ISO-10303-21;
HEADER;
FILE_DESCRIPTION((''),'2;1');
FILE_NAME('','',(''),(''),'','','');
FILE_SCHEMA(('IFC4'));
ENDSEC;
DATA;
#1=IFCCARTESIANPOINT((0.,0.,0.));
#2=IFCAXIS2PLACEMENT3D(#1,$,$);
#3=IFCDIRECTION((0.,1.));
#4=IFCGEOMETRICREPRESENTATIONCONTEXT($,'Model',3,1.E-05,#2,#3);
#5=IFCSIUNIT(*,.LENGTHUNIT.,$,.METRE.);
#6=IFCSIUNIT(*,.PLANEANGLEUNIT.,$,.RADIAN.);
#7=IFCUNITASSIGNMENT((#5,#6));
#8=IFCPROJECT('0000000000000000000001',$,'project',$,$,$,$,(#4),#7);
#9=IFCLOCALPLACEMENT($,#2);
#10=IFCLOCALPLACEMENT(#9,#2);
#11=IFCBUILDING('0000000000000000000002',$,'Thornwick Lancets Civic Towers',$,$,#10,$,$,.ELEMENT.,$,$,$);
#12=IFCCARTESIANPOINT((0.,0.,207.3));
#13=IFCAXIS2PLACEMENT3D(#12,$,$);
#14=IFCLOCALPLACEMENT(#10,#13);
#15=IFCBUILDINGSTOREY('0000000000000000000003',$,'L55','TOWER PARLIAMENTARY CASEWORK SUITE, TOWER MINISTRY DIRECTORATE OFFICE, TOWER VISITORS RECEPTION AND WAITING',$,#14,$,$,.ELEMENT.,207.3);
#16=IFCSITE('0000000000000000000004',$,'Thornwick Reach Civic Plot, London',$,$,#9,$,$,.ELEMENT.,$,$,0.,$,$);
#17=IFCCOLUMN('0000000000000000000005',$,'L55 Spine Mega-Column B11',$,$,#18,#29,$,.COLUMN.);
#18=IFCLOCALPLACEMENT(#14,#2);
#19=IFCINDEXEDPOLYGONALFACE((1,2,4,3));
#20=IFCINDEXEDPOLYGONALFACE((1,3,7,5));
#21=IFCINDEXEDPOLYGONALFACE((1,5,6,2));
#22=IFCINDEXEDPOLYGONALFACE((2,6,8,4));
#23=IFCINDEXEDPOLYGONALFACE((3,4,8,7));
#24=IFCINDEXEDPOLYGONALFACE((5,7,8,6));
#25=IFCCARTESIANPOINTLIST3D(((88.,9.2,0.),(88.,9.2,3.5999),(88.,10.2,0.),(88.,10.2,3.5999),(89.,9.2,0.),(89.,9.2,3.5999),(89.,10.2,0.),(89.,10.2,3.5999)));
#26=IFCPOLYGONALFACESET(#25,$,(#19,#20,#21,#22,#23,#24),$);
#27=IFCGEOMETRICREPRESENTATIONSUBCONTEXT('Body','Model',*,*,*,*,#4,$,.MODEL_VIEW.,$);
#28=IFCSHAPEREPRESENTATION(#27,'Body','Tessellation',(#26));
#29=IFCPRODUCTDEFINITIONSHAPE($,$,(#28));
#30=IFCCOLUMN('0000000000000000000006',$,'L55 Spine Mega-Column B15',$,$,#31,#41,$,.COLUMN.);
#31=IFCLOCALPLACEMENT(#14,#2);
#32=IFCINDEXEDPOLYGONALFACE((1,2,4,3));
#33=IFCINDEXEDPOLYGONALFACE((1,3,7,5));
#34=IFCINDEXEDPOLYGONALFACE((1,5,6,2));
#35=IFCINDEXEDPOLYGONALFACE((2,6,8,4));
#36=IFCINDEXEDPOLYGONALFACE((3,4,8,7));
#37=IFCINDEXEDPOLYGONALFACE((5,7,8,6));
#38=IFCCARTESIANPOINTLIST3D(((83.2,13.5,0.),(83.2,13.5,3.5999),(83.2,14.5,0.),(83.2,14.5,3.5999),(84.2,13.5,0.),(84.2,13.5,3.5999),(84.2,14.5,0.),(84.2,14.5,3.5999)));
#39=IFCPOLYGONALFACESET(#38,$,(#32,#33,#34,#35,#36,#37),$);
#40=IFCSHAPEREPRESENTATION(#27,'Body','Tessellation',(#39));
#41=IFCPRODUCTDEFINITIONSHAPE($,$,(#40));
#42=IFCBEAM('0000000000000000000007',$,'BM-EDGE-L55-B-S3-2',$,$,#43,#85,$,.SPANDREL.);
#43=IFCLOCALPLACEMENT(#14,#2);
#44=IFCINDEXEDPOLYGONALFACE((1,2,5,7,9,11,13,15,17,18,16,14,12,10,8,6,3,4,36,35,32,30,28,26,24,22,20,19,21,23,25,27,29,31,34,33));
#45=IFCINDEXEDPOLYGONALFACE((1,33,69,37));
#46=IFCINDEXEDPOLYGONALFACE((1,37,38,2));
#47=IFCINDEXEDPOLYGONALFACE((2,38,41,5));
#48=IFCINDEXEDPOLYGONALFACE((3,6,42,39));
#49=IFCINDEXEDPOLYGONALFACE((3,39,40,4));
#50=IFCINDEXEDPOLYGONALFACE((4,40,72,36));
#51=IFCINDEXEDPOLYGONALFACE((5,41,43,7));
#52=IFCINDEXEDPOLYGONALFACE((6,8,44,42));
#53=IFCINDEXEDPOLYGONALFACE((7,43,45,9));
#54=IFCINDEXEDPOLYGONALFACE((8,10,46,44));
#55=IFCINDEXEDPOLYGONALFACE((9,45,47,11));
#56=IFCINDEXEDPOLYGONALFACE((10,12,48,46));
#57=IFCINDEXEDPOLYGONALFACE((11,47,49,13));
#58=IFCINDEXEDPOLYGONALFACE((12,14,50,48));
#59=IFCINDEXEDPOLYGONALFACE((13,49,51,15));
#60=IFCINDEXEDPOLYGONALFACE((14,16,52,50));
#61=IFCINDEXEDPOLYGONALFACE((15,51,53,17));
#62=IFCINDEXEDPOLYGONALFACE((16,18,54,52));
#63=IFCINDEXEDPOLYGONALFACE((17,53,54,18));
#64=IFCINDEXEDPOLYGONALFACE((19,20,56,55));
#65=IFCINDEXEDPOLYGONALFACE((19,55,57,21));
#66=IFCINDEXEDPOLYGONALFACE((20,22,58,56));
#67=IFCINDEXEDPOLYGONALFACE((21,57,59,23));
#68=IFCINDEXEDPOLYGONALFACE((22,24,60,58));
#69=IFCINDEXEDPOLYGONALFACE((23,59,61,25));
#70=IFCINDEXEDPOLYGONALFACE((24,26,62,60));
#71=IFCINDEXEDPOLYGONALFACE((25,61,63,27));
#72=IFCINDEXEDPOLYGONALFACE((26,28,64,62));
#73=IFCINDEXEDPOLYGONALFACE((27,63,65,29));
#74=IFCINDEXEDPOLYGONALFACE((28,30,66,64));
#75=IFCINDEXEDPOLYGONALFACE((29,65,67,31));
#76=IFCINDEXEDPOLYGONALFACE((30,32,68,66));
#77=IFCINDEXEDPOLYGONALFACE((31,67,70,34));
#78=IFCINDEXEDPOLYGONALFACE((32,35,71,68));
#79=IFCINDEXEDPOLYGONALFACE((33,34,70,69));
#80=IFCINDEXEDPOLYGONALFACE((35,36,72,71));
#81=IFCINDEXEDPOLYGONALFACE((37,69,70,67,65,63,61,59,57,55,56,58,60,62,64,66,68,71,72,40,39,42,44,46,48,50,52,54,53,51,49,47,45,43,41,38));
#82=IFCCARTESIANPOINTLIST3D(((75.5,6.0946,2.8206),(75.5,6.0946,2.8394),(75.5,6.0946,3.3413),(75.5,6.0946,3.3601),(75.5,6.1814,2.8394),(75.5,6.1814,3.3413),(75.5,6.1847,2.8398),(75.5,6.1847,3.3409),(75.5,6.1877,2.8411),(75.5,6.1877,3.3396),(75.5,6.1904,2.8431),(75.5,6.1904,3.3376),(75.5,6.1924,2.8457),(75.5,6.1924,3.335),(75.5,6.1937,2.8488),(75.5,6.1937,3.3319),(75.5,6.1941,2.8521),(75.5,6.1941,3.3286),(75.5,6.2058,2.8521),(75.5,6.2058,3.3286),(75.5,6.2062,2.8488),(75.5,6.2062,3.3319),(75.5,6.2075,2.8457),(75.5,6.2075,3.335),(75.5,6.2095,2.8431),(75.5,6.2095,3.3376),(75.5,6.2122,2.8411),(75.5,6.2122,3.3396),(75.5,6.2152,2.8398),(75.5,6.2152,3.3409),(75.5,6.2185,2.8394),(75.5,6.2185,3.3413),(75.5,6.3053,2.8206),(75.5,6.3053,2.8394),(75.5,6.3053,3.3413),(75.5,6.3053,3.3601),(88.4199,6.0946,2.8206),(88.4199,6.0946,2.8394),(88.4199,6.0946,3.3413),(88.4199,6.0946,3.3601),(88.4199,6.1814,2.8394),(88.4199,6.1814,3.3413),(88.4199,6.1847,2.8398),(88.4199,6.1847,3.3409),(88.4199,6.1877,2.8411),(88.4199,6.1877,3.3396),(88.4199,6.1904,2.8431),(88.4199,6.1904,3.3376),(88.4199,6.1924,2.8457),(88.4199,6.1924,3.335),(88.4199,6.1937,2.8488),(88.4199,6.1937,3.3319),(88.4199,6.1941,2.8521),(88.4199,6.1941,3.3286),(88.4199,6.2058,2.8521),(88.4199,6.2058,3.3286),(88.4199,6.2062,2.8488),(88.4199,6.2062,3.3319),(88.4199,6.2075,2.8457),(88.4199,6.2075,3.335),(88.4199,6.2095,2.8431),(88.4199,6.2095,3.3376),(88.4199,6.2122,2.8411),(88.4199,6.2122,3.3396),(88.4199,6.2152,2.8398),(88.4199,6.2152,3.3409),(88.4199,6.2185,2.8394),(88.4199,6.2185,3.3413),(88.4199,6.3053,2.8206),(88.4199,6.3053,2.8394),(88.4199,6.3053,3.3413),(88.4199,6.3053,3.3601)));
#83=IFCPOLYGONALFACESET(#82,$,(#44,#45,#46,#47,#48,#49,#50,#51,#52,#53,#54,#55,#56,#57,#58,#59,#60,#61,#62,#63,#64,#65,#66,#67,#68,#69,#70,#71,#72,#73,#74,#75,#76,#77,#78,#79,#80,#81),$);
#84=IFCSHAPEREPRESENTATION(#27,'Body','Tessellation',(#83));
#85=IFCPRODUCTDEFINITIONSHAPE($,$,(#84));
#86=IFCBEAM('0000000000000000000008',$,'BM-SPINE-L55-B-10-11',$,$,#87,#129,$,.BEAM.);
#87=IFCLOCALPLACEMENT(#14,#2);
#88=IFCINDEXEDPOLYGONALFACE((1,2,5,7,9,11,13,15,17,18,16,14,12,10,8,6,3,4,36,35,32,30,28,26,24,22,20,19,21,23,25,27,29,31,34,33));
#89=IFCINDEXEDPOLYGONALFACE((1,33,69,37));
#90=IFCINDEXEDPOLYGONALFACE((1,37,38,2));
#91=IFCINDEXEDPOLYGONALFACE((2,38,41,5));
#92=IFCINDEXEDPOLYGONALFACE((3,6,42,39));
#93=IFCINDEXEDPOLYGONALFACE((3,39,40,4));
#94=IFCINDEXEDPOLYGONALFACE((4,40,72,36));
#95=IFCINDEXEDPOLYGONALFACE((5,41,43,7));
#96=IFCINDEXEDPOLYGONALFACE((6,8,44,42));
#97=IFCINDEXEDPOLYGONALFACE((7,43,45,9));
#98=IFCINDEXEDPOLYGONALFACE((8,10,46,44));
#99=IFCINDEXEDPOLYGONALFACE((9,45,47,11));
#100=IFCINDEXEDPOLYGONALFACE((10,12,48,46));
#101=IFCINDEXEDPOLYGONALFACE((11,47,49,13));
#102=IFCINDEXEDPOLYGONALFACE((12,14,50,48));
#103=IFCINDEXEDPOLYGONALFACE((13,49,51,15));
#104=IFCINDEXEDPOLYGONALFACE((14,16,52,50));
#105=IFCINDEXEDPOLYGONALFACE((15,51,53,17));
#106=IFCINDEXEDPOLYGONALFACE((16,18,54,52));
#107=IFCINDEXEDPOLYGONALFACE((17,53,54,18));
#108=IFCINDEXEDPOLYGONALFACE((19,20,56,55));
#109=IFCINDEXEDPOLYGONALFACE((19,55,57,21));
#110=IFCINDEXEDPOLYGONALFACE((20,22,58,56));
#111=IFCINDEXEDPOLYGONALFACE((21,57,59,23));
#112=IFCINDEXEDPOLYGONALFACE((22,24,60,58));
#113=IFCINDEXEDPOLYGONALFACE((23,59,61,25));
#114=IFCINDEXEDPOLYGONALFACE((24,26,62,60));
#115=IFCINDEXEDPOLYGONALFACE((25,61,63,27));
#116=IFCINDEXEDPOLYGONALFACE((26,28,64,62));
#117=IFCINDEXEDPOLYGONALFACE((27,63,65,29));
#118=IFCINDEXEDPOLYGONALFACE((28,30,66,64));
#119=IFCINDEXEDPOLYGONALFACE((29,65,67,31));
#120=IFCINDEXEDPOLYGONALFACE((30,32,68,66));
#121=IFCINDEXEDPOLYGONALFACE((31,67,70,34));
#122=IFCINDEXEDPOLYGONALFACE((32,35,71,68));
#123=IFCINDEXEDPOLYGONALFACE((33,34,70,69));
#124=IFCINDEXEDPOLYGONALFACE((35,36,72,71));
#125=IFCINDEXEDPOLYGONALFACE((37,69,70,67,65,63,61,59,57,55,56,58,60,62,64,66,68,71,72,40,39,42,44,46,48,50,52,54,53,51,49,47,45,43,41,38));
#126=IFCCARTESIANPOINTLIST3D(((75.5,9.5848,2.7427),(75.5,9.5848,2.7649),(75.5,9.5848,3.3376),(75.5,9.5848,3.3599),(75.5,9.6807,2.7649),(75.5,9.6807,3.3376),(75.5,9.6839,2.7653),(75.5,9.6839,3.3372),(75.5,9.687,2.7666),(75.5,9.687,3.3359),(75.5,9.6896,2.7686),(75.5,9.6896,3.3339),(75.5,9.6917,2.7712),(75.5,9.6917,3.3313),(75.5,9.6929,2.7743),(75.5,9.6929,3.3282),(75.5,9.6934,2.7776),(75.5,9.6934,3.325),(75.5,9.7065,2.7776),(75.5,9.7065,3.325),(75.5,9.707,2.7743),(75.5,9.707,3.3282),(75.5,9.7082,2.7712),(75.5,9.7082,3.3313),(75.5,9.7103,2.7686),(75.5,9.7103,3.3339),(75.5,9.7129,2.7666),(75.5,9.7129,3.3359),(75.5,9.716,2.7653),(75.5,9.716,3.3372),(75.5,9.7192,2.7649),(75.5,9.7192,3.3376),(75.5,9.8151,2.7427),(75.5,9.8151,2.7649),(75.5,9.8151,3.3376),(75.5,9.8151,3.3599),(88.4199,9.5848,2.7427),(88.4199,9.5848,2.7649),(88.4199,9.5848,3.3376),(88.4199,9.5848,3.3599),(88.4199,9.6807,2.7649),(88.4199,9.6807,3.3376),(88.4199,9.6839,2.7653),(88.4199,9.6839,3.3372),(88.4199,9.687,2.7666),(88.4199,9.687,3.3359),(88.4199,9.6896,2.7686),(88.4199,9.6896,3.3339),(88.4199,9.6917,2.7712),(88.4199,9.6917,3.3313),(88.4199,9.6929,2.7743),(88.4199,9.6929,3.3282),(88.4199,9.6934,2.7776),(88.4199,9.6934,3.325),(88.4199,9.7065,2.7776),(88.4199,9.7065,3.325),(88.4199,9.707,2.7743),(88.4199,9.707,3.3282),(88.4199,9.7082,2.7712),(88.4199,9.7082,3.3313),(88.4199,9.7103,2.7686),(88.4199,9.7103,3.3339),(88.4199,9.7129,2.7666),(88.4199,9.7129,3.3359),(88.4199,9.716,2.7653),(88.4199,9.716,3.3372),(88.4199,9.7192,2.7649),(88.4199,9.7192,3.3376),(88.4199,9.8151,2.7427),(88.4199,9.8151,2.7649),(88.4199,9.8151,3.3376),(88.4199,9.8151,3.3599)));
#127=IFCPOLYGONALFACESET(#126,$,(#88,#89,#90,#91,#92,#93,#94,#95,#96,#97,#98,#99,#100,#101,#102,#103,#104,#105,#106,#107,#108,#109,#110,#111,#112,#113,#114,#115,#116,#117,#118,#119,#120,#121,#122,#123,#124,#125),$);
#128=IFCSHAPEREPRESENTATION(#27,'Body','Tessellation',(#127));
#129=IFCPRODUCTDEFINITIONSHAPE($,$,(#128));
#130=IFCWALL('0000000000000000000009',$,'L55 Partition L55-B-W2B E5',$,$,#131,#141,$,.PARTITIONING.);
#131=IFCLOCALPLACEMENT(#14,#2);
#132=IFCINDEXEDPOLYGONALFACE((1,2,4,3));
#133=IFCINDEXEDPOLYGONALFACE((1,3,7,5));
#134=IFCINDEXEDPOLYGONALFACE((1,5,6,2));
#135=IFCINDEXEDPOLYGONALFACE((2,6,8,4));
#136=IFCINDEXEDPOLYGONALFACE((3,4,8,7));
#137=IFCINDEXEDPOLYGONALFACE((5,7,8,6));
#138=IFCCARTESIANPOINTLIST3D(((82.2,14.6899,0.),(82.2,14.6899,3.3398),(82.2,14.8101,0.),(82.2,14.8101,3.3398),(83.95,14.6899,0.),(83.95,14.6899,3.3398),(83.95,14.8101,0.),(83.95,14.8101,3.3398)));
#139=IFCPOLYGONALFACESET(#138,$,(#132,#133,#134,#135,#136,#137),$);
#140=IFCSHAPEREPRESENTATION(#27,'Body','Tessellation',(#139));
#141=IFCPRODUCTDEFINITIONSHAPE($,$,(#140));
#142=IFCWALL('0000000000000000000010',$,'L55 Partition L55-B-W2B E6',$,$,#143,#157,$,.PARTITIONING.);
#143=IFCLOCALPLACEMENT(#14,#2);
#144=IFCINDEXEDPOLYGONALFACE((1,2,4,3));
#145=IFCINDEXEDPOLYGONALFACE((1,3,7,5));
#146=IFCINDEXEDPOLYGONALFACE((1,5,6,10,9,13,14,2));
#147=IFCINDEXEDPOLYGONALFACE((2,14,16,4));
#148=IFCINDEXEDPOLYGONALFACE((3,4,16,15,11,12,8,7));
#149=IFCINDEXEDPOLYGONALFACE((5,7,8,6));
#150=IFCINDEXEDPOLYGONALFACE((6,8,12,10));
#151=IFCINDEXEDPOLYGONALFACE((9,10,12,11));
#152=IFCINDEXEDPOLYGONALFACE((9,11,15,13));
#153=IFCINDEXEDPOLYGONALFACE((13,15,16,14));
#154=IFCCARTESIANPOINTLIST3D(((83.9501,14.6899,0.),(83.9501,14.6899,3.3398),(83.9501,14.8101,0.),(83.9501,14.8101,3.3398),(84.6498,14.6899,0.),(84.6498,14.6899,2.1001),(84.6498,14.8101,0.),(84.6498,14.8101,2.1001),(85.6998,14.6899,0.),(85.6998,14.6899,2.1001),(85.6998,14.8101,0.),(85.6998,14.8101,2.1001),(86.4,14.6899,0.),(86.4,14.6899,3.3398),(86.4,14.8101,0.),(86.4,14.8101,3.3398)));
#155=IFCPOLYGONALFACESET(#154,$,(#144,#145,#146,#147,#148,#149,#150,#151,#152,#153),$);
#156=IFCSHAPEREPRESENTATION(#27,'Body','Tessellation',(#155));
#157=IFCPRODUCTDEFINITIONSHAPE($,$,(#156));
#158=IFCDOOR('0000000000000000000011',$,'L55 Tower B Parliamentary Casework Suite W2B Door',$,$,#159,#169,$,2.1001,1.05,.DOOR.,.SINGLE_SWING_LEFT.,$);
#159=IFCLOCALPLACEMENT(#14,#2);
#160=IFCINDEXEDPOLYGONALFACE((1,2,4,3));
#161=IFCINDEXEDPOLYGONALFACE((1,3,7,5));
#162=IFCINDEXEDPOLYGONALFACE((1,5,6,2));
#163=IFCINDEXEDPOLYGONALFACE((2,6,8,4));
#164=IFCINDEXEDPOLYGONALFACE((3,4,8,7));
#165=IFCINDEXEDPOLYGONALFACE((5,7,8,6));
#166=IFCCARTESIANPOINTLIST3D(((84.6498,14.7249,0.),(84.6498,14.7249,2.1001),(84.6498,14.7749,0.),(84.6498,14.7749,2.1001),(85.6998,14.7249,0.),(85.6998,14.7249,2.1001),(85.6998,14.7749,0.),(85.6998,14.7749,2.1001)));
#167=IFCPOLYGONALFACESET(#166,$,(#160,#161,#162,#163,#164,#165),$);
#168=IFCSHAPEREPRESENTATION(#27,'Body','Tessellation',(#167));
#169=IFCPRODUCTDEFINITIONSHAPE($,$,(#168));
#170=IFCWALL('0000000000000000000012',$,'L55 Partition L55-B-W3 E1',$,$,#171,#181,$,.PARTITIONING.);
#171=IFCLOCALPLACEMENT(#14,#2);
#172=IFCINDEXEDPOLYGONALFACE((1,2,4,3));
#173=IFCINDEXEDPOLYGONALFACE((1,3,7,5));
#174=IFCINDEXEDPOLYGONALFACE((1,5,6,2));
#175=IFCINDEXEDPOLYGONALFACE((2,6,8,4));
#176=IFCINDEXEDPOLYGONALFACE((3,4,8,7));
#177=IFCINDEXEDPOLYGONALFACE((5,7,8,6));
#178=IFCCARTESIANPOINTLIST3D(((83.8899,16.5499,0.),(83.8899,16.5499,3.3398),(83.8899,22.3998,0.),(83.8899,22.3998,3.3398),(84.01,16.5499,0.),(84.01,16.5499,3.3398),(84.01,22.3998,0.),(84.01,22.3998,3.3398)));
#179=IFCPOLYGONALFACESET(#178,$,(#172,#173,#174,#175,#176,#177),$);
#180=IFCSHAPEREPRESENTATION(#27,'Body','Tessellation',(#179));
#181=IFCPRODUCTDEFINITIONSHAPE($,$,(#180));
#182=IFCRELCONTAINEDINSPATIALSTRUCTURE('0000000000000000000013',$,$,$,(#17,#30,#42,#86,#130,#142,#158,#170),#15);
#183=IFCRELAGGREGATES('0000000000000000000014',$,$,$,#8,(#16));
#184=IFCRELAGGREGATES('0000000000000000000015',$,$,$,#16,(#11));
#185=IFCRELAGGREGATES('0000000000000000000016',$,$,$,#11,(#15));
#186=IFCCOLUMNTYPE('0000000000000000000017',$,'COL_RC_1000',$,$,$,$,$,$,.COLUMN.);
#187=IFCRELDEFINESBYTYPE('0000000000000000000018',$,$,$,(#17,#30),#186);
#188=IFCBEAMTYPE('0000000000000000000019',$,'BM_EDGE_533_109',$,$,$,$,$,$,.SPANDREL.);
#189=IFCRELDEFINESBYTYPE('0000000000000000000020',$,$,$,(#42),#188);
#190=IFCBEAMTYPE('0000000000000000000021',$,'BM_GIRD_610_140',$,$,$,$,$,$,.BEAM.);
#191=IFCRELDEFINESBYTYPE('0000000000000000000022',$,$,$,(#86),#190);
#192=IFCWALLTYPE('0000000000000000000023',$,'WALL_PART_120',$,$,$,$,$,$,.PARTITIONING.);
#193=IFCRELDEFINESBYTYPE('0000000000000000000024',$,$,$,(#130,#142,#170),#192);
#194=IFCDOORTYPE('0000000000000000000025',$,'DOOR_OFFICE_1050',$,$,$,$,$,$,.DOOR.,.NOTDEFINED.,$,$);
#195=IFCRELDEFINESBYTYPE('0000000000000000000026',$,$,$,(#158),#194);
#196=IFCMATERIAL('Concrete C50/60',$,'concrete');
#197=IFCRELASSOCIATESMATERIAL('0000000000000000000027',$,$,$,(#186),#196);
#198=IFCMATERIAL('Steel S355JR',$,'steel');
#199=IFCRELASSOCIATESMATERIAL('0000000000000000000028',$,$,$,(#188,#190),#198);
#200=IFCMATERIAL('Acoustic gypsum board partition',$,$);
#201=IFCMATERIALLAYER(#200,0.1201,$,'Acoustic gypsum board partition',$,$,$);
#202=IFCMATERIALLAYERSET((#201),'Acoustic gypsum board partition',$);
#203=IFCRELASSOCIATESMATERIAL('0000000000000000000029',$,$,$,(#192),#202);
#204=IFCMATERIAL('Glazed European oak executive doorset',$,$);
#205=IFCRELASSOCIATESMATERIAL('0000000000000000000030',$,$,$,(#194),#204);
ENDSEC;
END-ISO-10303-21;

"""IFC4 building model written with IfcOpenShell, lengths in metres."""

from ifc_helpers import new_model, si_unit, direction, frame, frame_2d, origin, origin_2d, place, context, subcontext, project, spatial, rectangle, i_section, extrude, material, layer, layer_set, material_profile, profile_set, type_object, element, fill, save


model = new_model("IFC4")

# Units and contexts
model_context = context("Model", 3, precision=1e-05, world=origin(), true_north=direction((0.0, 1.0)))
body_context = subcontext(model_context, "Body", "Model", "MODEL_VIEW")
ifc_project = project(units=[si_unit("LENGTHUNIT", "METRE"), si_unit("PLANEANGLEUNIT", "RADIAN")], contexts=[model_context])

# Site, building, storey
site_placement = place(None, origin())
site = spatial("IfcSite", under=ifc_project, at=site_placement, Name="Thornwick Reach Civic Plot, London", CompositionType="ELEMENT", RefElevation=0.0)
building_placement = place(site_placement, origin())
building = spatial("IfcBuilding", under=site, at=building_placement, Name="Thornwick Lancets Civic Towers", CompositionType="ELEMENT")
storey_placement = place(building_placement, frame((0.0, 0.0, 207.3)))
storey = spatial("IfcBuildingStorey", under=building, at=storey_placement, Name="L55", Description="TOWER PARLIAMENTARY CASEWORK SUITE, TOWER MINISTRY DIRECTORATE OFFICE, TOWER VISITORS RECEPTION AND WAITING", CompositionType="ELEMENT", Elevation=207.3)

# Columns
ifc_material_1 = material(Name="Concrete C50/60", Category="concrete")
ifc_material_profile_1 = material_profile(ifc_material_1, rectangle(XDim=1.0, YDim=1.0, at=origin_2d()), Name="RC 1000x1000")
ifc_profile_set_1 = profile_set([ifc_material_profile_1], Name="Concrete C50/60")
column_type = type_object("IfcColumnType", Name="COL_RC_1000", PredefinedType="COLUMN", material=ifc_profile_set_1)
for number, where, z_axis, x_axis, name in (
    (1, (88.5, 9.7, 0.0), (0.0, 0.0, 1.0), (1.0, 0.0, 0.0), "L55 Spine Mega-Column B11"),
    (2, (83.7, 14.0, 0.0), (0.0, 0.0, 1.0), (1.0, 0.0, 0.0), "L55 Spine Mega-Column B15"),
):
    element("IfcColumn", number, at=place(storey_placement, frame(where, z_axis=z_axis, x_axis=x_axis)), inside=storey, type_object=column_type, Name=name, PredefinedType="COLUMN", context=body_context, shape_type="SweptSolid", body=[
        extrude(rectangle(XDim=1.0, YDim=1.0, at=origin_2d()), origin(), (0.0, 0.0, 1.0), 3.5999),
    ])

# Beams
ifc_material_2 = material(Name="Steel S355JR", Category="steel")
ifc_material_profile_2 = material_profile(ifc_material_2, i_section(OverallWidth=0.2107, OverallDepth=0.5396, WebThickness=0.0117, FlangeThickness=0.0188, FilletRadius=0.0127, at=origin_2d()), Name="UKB 533x210x109")
ifc_profile_set_2 = profile_set([ifc_material_profile_2], Name="Steel S355JR")
beam_type_1 = type_object("IfcBeamType", Name="BM_EDGE_533_109", PredefinedType="SPANDREL", material=ifc_profile_set_2)
beam_1_placement = place(storey_placement, frame((88.4199, 6.2, 3.0903), z_axis=(-1.0, 0.0, 0.0), x_axis=(0.0, -1.0, 0.0)))
element("IfcBeam", 3, at=beam_1_placement, inside=storey, type_object=beam_type_1, Name="BM-EDGE-L55-B-S3-2", PredefinedType="SPANDREL", context=body_context, shape_type="SweptSolid", body=[
    extrude(i_section(OverallWidth=0.2107, OverallDepth=0.5396, WebThickness=0.0117, FlangeThickness=0.0188, FilletRadius=0.0127, at=origin_2d()), origin(), (0.0, 0.0, 1.0), 12.9199),
])
ifc_material_profile_3 = material_profile(ifc_material_2, i_section(OverallWidth=0.2302, OverallDepth=0.6172, WebThickness=0.0132, FlangeThickness=0.0222, FilletRadius=0.0127, at=origin_2d()), Name="UKB 610x229x140")
ifc_profile_set_3 = profile_set([ifc_material_profile_3], Name="Steel S355JR")
beam_type_2 = type_object("IfcBeamType", Name="BM_GIRD_610_140", PredefinedType="BEAM", material=ifc_profile_set_3)
beam_2_placement = place(storey_placement, frame((88.4199, 9.7, 3.0513), z_axis=(-1.0, 0.0, 0.0), x_axis=(0.0, -1.0, 0.0)))
element("IfcBeam", 4, at=beam_2_placement, inside=storey, type_object=beam_type_2, Name="BM-SPINE-L55-B-10-11", PredefinedType="BEAM", context=body_context, shape_type="SweptSolid", body=[
    extrude(i_section(OverallWidth=0.2302, OverallDepth=0.6172, WebThickness=0.0132, FlangeThickness=0.0222, FilletRadius=0.0127, at=origin_2d()), origin(), (0.0, 0.0, 1.0), 12.9199),
])

# Wall
ifc_material_3 = material(Name="Acoustic gypsum board partition")
ifc_layer_1 = layer(ifc_material_3, 0.1201, Name="Acoustic gypsum board partition")
ifc_layer_set_1 = layer_set([ifc_layer_1], Name="Acoustic gypsum board partition")
wall_type_1 = type_object("IfcWallType", Name="WALL_PART_120", PredefinedType="PARTITIONING", material=ifc_layer_set_1)
wall_1_placement = place(storey_placement, frame((82.2, 14.75, 0.0), z_axis=(0.0, 0.0, 1.0), x_axis=(1.0, 0.0, 0.0)))
element("IfcWall", 5, at=wall_1_placement, inside=storey, type_object=wall_type_1, Name="L55 Partition L55-B-W2B E5", PredefinedType="PARTITIONING", context=body_context, shape_type="SweptSolid", body=[
    extrude(rectangle(XDim=1.75, YDim=0.1201, at=frame_2d((0.875, 0.0))), origin(), (0.0, 0.0, 1.0), 3.3398),
])

# Wall, opening, door
wall_2_placement = place(storey_placement, frame((83.95, 14.75, 0.0), z_axis=(0.0, 0.0, 1.0), x_axis=(1.0, 0.0, 0.0)))
wall_2 = element("IfcWall", 6, at=wall_2_placement, inside=storey, type_object=wall_type_1, Name="L55 Partition L55-B-W2B E6", PredefinedType="PARTITIONING", context=body_context, shape_type="SweptSolid", body=[
    extrude(rectangle(XDim=2.45, YDim=0.1201, at=frame_2d((1.2251, 0.0))), origin(), (0.0, 0.0, 1.0), 3.3398),
])
opening_1_placement = place(wall_2_placement, frame((0.7, 0.0, 0.0)))
opening_1 = element("IfcOpeningElement", 7, at=opening_1_placement, cuts=wall_2, PredefinedType="OPENING", context=body_context, shape_type="SweptSolid", body=[
    extrude(rectangle(XDim=1.05, YDim=2.1001, at=frame_2d((0.5249, 1.05))), frame((0.0, 0.0701, 0.0), z_axis=(0.0, -1.0, 0.0), x_axis=(1.0, 0.0, 0.0)), (0.0, 0.0, 1.0), 0.1401),
])
ifc_material_4 = material(Name="Glazed European oak executive doorset")
door_type_1 = type_object("IfcDoorType", Name="DOOR_OFFICE_1050", OperationType="NOTDEFINED", PredefinedType="DOOR", material=ifc_material_4)
door_1_placement = place(opening_1_placement, origin())
door_1 = element("IfcDoor", 8, at=door_1_placement, inside=storey, type_object=door_type_1, Name="L55 Tower B Parliamentary Casework Suite W2B Door", OperationType="SINGLE_SWING_LEFT", OverallHeight=2.1001, OverallWidth=1.05, PredefinedType="DOOR", context=body_context, shape_type="SweptSolid", body=[
    extrude(rectangle(XDim=1.05, YDim=2.1001, at=frame_2d((0.5249, 1.05))), frame((0.0, 0.0249, 0.0), z_axis=(0.0, -1.0, 0.0), x_axis=(1.0, 0.0, 0.0)), (0.0, 0.0, 1.0), 0.05),
])
fill(opening_1, door_1)

# Wall
wall_3_placement = place(storey_placement, frame((83.95, 16.55, 0.0), z_axis=(0.0, 0.0, 1.0), x_axis=(0.0, 1.0, 0.0)))
element("IfcWall", 9, at=wall_3_placement, inside=storey, type_object=wall_type_1, Name="L55 Partition L55-B-W3 E1", PredefinedType="PARTITIONING", context=body_context, shape_type="SweptSolid", body=[
    extrude(rectangle(XDim=5.8499, YDim=0.1201, at=frame_2d((2.9248, 0.0))), origin(), (0.0, 0.0, 1.0), 3.3398),
])

save(model, "model.ifc")
